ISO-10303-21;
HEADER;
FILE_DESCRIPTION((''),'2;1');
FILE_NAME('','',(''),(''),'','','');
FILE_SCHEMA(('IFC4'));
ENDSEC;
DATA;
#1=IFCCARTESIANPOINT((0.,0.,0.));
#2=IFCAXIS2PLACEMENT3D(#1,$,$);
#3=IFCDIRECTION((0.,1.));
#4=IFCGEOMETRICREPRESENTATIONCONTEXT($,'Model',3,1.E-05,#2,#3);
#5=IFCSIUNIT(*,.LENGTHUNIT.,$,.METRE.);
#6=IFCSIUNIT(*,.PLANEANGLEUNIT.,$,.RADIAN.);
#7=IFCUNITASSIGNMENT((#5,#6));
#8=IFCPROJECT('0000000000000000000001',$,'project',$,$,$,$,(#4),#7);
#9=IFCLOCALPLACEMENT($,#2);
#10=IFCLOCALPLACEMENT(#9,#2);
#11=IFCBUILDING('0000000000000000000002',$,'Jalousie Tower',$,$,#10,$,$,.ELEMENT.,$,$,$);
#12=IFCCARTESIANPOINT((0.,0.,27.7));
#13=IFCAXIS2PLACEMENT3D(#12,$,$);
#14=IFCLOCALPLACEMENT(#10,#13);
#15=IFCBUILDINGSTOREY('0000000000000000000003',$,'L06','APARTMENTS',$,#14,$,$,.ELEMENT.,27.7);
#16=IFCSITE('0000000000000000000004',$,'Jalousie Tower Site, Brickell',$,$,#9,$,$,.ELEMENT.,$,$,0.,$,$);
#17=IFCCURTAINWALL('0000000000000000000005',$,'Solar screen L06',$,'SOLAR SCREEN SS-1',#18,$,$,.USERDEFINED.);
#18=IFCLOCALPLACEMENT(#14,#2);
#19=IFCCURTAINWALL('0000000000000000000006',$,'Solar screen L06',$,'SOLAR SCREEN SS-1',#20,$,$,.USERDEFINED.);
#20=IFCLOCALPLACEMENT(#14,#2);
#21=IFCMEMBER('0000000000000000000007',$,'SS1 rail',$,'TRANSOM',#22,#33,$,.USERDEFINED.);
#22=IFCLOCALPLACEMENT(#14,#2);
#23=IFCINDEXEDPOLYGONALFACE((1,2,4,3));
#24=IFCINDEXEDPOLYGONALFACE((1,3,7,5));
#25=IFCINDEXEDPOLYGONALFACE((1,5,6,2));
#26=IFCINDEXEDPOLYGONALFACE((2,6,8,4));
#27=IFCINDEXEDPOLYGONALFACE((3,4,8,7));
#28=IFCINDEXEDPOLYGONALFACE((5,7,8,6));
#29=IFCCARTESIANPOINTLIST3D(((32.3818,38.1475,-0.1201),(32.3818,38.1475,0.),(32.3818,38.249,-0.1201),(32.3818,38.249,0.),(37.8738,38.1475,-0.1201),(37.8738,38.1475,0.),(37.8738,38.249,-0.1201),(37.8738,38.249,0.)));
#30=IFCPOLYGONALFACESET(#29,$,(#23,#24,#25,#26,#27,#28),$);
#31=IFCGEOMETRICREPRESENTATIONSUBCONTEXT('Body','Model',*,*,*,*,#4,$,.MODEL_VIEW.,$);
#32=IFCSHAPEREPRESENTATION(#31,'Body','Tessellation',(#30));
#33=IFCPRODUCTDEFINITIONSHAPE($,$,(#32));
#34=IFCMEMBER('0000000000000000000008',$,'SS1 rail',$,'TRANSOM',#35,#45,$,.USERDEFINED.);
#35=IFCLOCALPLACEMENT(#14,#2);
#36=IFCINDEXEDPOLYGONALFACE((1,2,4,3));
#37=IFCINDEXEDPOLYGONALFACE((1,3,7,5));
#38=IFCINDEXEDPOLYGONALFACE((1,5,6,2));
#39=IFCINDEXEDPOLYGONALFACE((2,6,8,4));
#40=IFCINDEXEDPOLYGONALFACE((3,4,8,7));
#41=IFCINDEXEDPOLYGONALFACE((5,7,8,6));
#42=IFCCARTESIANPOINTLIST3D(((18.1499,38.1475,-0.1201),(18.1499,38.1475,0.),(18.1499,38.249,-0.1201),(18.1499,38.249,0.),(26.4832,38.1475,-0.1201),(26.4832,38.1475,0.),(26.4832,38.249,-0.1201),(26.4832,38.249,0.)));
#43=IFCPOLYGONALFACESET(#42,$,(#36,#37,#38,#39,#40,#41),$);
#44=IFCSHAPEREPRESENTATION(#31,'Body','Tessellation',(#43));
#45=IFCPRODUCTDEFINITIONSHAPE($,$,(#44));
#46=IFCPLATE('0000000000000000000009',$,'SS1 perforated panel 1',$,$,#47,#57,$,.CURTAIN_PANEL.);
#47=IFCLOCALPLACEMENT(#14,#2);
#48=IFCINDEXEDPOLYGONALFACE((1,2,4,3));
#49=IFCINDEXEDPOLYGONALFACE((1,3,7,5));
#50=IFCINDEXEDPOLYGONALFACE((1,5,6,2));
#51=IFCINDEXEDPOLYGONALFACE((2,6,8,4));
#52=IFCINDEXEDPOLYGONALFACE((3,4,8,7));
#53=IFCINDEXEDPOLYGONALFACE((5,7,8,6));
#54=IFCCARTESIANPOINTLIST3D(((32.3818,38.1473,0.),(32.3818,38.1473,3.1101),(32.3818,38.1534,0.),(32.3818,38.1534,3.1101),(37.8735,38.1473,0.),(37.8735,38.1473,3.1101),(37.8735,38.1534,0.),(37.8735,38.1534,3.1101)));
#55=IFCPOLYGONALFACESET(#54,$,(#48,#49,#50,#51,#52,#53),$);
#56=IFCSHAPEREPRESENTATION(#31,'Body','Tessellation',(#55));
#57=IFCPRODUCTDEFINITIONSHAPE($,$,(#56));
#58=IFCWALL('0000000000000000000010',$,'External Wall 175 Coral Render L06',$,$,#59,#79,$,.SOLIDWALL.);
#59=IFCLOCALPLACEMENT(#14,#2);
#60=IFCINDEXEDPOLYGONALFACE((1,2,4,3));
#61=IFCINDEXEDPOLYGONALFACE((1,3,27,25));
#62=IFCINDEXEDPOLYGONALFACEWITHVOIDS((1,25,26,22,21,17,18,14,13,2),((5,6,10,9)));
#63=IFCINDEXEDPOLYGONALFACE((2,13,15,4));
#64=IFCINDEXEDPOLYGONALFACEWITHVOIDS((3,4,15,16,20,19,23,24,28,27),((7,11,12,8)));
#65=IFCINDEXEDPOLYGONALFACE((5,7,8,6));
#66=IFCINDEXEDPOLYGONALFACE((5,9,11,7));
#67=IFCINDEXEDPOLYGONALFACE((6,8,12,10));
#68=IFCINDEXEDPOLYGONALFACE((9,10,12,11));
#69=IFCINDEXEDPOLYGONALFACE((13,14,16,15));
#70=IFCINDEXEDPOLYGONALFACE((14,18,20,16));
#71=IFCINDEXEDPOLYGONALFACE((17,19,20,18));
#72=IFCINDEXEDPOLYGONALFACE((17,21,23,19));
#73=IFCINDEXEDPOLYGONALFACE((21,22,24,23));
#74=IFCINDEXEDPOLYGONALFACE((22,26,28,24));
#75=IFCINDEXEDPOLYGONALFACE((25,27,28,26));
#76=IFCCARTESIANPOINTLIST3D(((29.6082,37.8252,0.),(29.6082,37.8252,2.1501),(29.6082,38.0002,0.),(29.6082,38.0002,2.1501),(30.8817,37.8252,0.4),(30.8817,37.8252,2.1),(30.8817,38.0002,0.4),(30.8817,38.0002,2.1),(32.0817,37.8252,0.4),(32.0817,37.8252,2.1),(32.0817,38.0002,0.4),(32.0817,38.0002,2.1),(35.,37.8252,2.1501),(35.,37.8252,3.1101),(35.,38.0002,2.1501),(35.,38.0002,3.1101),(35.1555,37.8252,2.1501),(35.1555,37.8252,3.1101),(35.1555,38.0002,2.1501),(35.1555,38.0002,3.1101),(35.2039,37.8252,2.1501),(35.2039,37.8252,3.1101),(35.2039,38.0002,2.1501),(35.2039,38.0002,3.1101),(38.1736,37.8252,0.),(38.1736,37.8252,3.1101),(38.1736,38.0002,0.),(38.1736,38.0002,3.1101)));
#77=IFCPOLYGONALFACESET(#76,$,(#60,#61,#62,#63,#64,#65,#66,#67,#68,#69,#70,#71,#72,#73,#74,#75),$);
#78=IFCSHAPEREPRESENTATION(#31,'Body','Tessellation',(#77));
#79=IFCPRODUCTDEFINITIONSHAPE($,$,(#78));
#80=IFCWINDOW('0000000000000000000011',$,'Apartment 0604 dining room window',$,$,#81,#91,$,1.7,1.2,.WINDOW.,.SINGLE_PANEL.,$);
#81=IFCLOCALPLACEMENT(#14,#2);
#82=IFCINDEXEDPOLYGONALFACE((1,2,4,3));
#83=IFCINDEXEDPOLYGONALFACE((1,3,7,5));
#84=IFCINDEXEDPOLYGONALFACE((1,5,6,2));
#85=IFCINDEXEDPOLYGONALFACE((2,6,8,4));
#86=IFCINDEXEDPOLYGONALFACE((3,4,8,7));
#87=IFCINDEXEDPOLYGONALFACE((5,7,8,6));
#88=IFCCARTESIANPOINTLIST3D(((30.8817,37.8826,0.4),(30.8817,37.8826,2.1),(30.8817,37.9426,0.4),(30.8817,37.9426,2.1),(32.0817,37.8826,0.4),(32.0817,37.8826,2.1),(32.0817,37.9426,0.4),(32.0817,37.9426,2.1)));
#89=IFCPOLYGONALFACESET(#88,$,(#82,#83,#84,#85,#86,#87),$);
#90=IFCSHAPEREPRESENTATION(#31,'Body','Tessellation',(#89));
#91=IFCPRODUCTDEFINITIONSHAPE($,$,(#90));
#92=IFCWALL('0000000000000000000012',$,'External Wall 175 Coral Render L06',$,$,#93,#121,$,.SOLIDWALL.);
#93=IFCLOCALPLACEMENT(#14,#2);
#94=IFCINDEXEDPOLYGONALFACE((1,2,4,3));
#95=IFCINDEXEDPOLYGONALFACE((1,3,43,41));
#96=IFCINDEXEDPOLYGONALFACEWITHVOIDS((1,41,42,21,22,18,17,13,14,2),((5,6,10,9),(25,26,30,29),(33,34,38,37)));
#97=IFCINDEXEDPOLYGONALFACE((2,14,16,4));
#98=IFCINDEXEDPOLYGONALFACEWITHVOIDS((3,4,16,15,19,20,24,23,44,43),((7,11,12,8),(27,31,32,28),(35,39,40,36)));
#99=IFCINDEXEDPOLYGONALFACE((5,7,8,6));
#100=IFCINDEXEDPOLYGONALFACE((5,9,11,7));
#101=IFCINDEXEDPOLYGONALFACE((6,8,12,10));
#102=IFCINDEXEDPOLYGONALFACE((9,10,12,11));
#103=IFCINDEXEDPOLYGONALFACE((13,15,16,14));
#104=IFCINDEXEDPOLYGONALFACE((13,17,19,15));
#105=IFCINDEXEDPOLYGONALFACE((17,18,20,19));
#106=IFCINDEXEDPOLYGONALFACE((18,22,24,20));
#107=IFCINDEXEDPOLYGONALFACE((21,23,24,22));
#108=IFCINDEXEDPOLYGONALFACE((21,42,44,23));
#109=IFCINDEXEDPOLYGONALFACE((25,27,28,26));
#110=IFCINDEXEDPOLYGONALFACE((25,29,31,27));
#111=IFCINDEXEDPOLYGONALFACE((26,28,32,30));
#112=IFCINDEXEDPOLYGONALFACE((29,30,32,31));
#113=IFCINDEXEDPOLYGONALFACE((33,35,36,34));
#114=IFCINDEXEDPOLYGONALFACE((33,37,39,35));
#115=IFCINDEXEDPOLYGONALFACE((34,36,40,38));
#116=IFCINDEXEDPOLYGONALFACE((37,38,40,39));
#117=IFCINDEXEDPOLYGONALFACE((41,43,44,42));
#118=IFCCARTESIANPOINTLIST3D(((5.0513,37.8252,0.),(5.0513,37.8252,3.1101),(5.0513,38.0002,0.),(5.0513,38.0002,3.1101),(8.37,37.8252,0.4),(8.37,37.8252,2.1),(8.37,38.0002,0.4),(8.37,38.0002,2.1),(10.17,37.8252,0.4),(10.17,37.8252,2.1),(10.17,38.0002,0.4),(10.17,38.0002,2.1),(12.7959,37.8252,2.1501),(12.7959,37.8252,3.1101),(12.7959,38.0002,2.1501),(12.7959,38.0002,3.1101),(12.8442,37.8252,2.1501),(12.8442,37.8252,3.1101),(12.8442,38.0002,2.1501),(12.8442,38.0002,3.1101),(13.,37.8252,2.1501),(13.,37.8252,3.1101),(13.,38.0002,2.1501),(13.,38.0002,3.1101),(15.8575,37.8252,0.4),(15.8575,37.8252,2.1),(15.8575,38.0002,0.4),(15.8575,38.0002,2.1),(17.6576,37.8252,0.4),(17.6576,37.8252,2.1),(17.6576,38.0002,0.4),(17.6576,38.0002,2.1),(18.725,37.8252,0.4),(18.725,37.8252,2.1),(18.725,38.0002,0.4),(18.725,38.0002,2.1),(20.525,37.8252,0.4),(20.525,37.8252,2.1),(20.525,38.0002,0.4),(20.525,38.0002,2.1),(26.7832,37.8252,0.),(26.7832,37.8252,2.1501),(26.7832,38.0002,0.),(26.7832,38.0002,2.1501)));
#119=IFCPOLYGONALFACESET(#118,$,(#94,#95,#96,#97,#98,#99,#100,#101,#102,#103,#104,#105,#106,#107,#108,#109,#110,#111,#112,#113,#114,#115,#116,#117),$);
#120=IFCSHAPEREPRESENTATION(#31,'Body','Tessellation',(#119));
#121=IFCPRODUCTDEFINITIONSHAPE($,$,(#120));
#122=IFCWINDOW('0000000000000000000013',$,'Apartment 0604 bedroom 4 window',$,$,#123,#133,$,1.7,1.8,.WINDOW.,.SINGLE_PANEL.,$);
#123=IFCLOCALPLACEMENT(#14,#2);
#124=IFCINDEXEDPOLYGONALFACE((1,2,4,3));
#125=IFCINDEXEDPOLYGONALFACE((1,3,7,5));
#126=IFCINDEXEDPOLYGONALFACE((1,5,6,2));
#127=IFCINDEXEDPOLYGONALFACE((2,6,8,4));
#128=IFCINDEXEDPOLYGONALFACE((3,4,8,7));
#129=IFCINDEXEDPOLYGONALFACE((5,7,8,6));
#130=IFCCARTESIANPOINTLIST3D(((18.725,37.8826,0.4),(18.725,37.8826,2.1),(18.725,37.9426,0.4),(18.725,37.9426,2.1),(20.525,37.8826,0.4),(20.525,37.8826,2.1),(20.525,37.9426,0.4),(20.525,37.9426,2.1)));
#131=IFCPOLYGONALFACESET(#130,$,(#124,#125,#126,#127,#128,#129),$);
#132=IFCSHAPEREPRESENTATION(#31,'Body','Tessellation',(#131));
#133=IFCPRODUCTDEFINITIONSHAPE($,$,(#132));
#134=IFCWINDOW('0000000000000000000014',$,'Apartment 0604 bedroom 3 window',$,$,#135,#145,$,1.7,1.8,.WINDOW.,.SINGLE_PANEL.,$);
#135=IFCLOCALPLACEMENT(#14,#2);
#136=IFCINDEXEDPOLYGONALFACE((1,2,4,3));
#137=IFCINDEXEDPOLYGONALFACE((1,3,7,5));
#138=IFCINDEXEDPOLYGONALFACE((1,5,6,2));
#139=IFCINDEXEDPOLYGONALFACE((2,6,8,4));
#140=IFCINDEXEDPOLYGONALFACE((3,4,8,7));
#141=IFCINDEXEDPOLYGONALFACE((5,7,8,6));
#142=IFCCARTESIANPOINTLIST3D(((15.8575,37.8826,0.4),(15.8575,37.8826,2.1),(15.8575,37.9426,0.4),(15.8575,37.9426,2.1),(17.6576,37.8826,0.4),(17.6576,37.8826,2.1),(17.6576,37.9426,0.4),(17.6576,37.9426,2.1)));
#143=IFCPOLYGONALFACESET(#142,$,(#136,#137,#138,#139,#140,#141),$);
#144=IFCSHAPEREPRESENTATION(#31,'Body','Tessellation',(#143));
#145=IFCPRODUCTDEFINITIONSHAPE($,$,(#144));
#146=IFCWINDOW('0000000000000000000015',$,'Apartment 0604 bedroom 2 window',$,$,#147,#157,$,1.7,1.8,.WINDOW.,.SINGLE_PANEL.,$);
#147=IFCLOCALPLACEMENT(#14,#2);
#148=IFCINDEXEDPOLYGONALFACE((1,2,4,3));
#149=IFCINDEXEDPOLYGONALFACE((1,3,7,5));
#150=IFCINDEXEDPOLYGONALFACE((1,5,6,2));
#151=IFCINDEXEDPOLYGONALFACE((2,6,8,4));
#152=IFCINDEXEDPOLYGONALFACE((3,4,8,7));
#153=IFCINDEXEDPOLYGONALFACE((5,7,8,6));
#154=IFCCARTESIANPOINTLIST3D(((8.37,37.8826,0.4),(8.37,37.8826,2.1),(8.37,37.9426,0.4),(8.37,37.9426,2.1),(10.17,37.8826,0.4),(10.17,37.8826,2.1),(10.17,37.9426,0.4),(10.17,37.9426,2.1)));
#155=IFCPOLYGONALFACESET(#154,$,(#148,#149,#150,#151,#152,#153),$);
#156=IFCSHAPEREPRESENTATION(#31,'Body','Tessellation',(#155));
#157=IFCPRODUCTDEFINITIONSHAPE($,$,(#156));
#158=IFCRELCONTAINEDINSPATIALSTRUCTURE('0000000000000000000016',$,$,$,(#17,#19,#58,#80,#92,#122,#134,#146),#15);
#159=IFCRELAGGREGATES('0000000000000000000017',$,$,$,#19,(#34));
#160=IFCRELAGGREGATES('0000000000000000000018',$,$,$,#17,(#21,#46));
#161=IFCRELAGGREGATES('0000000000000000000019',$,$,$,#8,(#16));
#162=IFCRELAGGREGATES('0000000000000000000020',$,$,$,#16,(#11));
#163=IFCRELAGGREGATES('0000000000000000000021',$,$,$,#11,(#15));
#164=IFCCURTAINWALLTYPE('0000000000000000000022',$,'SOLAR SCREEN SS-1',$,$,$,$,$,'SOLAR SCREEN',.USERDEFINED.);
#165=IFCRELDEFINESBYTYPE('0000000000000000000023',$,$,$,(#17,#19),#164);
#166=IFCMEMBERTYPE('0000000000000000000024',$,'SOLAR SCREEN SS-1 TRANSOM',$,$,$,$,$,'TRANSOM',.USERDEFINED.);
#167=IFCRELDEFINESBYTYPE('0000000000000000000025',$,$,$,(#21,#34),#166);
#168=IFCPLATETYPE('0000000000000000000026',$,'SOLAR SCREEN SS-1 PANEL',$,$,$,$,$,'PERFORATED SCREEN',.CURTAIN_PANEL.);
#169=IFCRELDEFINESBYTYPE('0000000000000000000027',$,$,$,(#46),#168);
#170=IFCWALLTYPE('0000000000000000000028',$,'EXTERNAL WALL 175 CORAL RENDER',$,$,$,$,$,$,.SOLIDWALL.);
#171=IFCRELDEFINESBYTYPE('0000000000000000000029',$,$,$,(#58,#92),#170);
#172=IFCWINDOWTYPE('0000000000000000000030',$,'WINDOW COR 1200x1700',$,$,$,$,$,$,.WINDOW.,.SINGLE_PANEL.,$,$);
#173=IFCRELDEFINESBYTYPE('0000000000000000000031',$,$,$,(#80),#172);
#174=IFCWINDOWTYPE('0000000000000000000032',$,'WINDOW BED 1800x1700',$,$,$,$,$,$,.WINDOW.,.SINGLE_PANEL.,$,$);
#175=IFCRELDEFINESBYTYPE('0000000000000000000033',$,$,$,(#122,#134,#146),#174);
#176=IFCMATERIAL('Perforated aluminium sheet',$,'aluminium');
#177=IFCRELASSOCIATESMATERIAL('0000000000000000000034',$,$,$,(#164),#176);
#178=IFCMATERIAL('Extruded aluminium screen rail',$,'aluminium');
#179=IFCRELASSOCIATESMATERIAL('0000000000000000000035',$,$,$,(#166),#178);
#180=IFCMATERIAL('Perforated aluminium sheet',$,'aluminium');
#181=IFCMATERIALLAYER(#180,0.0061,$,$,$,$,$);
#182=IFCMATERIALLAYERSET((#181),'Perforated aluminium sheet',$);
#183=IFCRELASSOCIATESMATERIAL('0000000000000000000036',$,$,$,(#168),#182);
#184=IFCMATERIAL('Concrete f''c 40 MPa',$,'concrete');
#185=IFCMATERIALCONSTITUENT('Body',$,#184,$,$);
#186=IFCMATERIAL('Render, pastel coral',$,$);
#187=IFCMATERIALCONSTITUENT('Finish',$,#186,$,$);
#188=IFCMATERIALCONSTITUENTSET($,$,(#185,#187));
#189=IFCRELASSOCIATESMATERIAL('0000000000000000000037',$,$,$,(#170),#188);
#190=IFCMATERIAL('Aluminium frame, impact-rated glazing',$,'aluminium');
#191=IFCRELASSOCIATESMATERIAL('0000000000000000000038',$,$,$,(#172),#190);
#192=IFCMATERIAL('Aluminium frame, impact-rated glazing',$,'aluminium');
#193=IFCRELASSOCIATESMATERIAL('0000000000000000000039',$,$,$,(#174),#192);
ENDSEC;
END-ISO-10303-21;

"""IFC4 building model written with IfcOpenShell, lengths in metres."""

from ifc_helpers import new_model, si_unit, direction, frame, frame_2d, origin, origin_2d, place, context, subcontext, project, spatial, polyline, rectangle, outline, extrude, material, layer, layer_set, constituent, constituent_set, material_profile, profile_set, type_object, element, fill, aggregate, save


model = new_model("IFC4")

# Units and contexts
model_context = context("Model", 3, precision=1e-05, world=origin(), true_north=direction((0.0, 1.0)))
body_context = subcontext(model_context, "Body", "Model", "MODEL_VIEW")
ifc_project = project(units=[si_unit("LENGTHUNIT", "METRE"), si_unit("PLANEANGLEUNIT", "RADIAN")], contexts=[model_context])

# Site, building, storey
site_placement = place(None, origin())
site = spatial("IfcSite", under=ifc_project, at=site_placement, Name="Jalousie Tower Site, Brickell", CompositionType="ELEMENT", RefElevation=0.0)
building_placement = place(site_placement, origin())
building = spatial("IfcBuilding", under=site, at=building_placement, Name="Jalousie Tower", CompositionType="ELEMENT")
storey_placement = place(building_placement, frame((0.0, 0.0, 27.7)))
storey = spatial("IfcBuildingStorey", under=building, at=storey_placement, Name="L06", Description="APARTMENTS", CompositionType="ELEMENT", Elevation=27.7)

# Curtain wall
ifc_material_1 = material(Name="Perforated aluminium sheet", Category="aluminium")
curtain_wall_type = type_object("IfcCurtainWallType", Name="SOLAR SCREEN SS-1", ElementType="SOLAR SCREEN", PredefinedType="USERDEFINED", material=ifc_material_1)
curtain_wall_1_placement = place(storey_placement, origin())
curtain_wall_1 = element("IfcCurtainWall", 1, at=curtain_wall_1_placement, inside=storey, type_object=curtain_wall_type, Name="Solar screen L06", ObjectType="SOLAR SCREEN SS-1", PredefinedType="USERDEFINED")

# Curtain wall
curtain_wall_2_placement = place(storey_placement, origin())
curtain_wall_2 = element("IfcCurtainWall", 2, at=curtain_wall_2_placement, inside=storey, type_object=curtain_wall_type, Name="Solar screen L06", ObjectType="SOLAR SCREEN SS-1", PredefinedType="USERDEFINED")

# Members
ifc_material_2 = material(Name="Extruded aluminium screen rail", Category="aluminium")
ifc_material_profile_1 = material_profile(ifc_material_2, rectangle(XDim=0.1016, YDim=0.1201, at=origin_2d()), Name="RAIL 102x120")
ifc_profile_set_1 = profile_set([ifc_material_profile_1], Name="Extruded aluminium screen rail")
member_type_1 = type_object("IfcMemberType", Name="SOLAR SCREEN SS-1 TRANSOM", ElementType="TRANSOM", PredefinedType="USERDEFINED", material=ifc_profile_set_1)
member_1_placement = place(storey_placement, frame((37.8738, 38.1982, -0.0601), z_axis=(-1.0, 0.0, 0.0), x_axis=(0.0, -1.0, 0.0)))
member_1 = element("IfcMember", 3, at=member_1_placement, type_object=member_type_1, Name="SS1 rail", ObjectType="TRANSOM", PredefinedType="USERDEFINED", context=body_context, shape_type="SweptSolid", body=[
    extrude(rectangle(XDim=0.1016, YDim=0.1201, at=origin_2d()), origin(), (0.0, 0.0, 1.0), 5.4919),
])
member_2_placement = place(storey_placement, frame((26.4832, 38.1982, -0.0601), z_axis=(-1.0, 0.0, 0.0), x_axis=(0.0, -1.0, 0.0)))
member_2 = element("IfcMember", 4, at=member_2_placement, type_object=member_type_1, Name="SS1 rail", ObjectType="TRANSOM", PredefinedType="USERDEFINED", context=body_context, shape_type="SweptSolid", body=[
    extrude(rectangle(XDim=0.1016, YDim=0.1201, at=origin_2d()), origin(), (0.0, 0.0, 1.0), 8.3333),
])
aggregate(curtain_wall_2, [member_2])

# Plate
ifc_material_3 = material(Name="Perforated aluminium sheet", Category="aluminium")
ifc_layer_1 = layer(ifc_material_3, 0.0061)
ifc_layer_set_1 = layer_set([ifc_layer_1], Name="Perforated aluminium sheet")
plate_type = type_object("IfcPlateType", Name="SOLAR SCREEN SS-1 PANEL", ElementType="PERFORATED SCREEN", PredefinedType="CURTAIN_PANEL", material=ifc_layer_set_1)
plate_placement = place(storey_placement, frame((35.1277, 38.1504, 0.0), z_axis=(0.0, 0.0, 1.0), x_axis=(-1.0, 0.0, 0.0)))
plate = element("IfcPlate", 5, at=plate_placement, type_object=plate_type, Name="SS1 perforated panel 1", PredefinedType="CURTAIN_PANEL", context=body_context, shape_type="SweptSolid", body=[
    extrude(rectangle(XDim=5.4917, YDim=0.0061, at=origin_2d()), origin(), (0.0, 0.0, 1.0), 3.1101),
])
aggregate(curtain_wall_1, [member_1, plate])

# Wall, opening, window
ifc_material_4 = material(Name="Concrete f'c 40 MPa", Category="concrete")
ifc_constituent_1 = constituent(ifc_material_4, Name="Body")
ifc_material_5 = material(Name="Render, pastel coral")
ifc_constituent_2 = constituent(ifc_material_5, Name="Finish")
ifc_constituent_set_1 = constituent_set(constituents=[ifc_constituent_1, ifc_constituent_2])
wall_type_1 = type_object("IfcWallType", Name="EXTERNAL WALL 175 CORAL RENDER", PredefinedType="SOLIDWALL", material=ifc_constituent_set_1)
wall_1_placement = place(storey_placement, frame((38.1736, 37.9126, 0.0), z_axis=(0.0, 0.0, 1.0), x_axis=(-1.0, 0.0, 0.0)))
wall_1 = element("IfcWall", 6, at=wall_1_placement, inside=storey, type_object=wall_type_1, Name="External Wall 175 Coral Render L06", PredefinedType="SOLIDWALL", context=body_context, shape_type="SweptSolid", body=[
    extrude(outline(polyline([(0.0, 0.0), (8.5654, 0.0), (8.5654, 2.1501), (3.1736, 2.1501), (3.1736, 3.1101), (3.0181, 3.1101), (3.0181, 2.1501), (2.9697, 2.1501), (2.9697, 3.1101), (0.0, 3.1101), (0.0, 0.0)])), frame((0.0, 0.0874, 0.0), z_axis=(0.0, -1.0, 0.0), x_axis=(1.0, 0.0, 0.0)), (0.0, 0.0, 1.0), 0.175),
])
opening_1_placement = place(wall_1_placement, frame((6.0918, 0.0, 0.3999)))
opening_1 = element("IfcOpeningElement", 7, at=opening_1_placement, cuts=wall_1, PredefinedType="OPENING", context=body_context, shape_type="SweptSolid", body=[
    extrude(rectangle(XDim=1.2, YDim=1.7, at=frame_2d((0.6001, 0.8501))), frame((0.0, 0.0974, 0.0), z_axis=(0.0, -1.0, 0.0), x_axis=(1.0, 0.0, 0.0)), (0.0, 0.0, 1.0), 0.1951),
])
ifc_material_6 = material(Name="Aluminium frame, impact-rated glazing", Category="aluminium")
window_type_1 = type_object("IfcWindowType", Name="WINDOW COR 1200x1700", PartitioningType="SINGLE_PANEL", PredefinedType="WINDOW", material=ifc_material_6)
window_1_placement = place(opening_1_placement, origin())
window_1 = element("IfcWindow", 8, at=window_1_placement, inside=storey, type_object=window_type_1, Name="Apartment 0604 dining room window", OverallHeight=1.7, OverallWidth=1.2, PartitioningType="SINGLE_PANEL", PredefinedType="WINDOW", context=body_context, shape_type="SweptSolid", body=[
    extrude(rectangle(XDim=1.2, YDim=1.7, at=frame_2d((0.6001, 0.8501))), frame((0.0, 0.03, 0.0), z_axis=(0.0, -1.0, 0.0), x_axis=(1.0, 0.0, 0.0)), (0.0, 0.0, 1.0), 0.0601),
])
fill(opening_1, window_1)

# Wall, openings, windows
wall_2_placement = place(storey_placement, frame((26.7832, 37.9126, 0.0), z_axis=(0.0, 0.0, 1.0), x_axis=(-1.0, 0.0, 0.0)))
wall_2 = element("IfcWall", 9, at=wall_2_placement, inside=storey, type_object=wall_type_1, Name="External Wall 175 Coral Render L06", PredefinedType="SOLIDWALL", context=body_context, shape_type="SweptSolid", body=[
    extrude(outline(polyline([(0.0, 0.0), (21.7319, 0.0), (21.7319, 3.1101), (13.9873, 3.1101), (13.9873, 2.1501), (13.939, 2.1501), (13.939, 3.1101), (13.7832, 3.1101), (13.7832, 2.1501), (0.0, 2.1501), (0.0, 0.0)])), frame((0.0, 0.0874, 0.0), z_axis=(0.0, -1.0, 0.0), x_axis=(1.0, 0.0, 0.0)), (0.0, 0.0, 1.0), 0.175),
])
opening_2_placement = place(wall_2_placement, frame((6.2583, 0.0, 0.3999)))
opening_2 = element("IfcOpeningElement", 10, at=opening_2_placement, cuts=wall_2, PredefinedType="OPENING", context=body_context, shape_type="SweptSolid", body=[
    extrude(rectangle(XDim=1.8, YDim=1.7, at=frame_2d((0.8999, 0.8501))), frame((0.0, 0.0974, 0.0), z_axis=(0.0, -1.0, 0.0), x_axis=(1.0, 0.0, 0.0)), (0.0, 0.0, 1.0), 0.1951),
])
opening_3_placement = place(wall_2_placement, frame((9.1257, 0.0, 0.3999)))
opening_3 = element("IfcOpeningElement", 11, at=opening_3_placement, cuts=wall_2, PredefinedType="OPENING", context=body_context, shape_type="SweptSolid", body=[
    extrude(rectangle(XDim=1.8, YDim=1.7, at=frame_2d((0.8999, 0.8501))), frame((0.0, 0.0974, 0.0), z_axis=(0.0, -1.0, 0.0), x_axis=(1.0, 0.0, 0.0)), (0.0, 0.0, 1.0), 0.1951),
])
opening_4_placement = place(wall_2_placement, frame((16.6133, 0.0, 0.3999)))
opening_4 = element("IfcOpeningElement", 12, at=opening_4_placement, cuts=wall_2, PredefinedType="OPENING", context=body_context, shape_type="SweptSolid", body=[
    extrude(rectangle(XDim=1.8, YDim=1.7, at=frame_2d((0.8999, 0.8501))), frame((0.0, 0.0974, 0.0), z_axis=(0.0, -1.0, 0.0), x_axis=(1.0, 0.0, 0.0)), (0.0, 0.0, 1.0), 0.1951),
])
ifc_material_7 = material(Name="Aluminium frame, impact-rated glazing", Category="aluminium")
window_type_2 = type_object("IfcWindowType", Name="WINDOW BED 1800x1700", PartitioningType="SINGLE_PANEL", PredefinedType="WINDOW", material=ifc_material_7)
window_2_placement = place(opening_2_placement, origin())
window_2 = element("IfcWindow", 13, at=window_2_placement, inside=storey, type_object=window_type_2, Name="Apartment 0604 bedroom 4 window", OverallHeight=1.7, OverallWidth=1.8, PartitioningType="SINGLE_PANEL", PredefinedType="WINDOW", context=body_context, shape_type="SweptSolid", body=[
    extrude(rectangle(XDim=1.8, YDim=1.7, at=frame_2d((0.8999, 0.8501))), frame((0.0, 0.03, 0.0), z_axis=(0.0, -1.0, 0.0), x_axis=(1.0, 0.0, 0.0)), (0.0, 0.0, 1.0), 0.0601),
])
fill(opening_2, window_2)
window_3_placement = place(opening_3_placement, origin())
window_3 = element("IfcWindow", 14, at=window_3_placement, inside=storey, type_object=window_type_2, Name="Apartment 0604 bedroom 3 window", OverallHeight=1.7, OverallWidth=1.8, PartitioningType="SINGLE_PANEL", PredefinedType="WINDOW", context=body_context, shape_type="SweptSolid", body=[
    extrude(rectangle(XDim=1.8, YDim=1.7, at=frame_2d((0.8999, 0.8501))), frame((0.0, 0.03, 0.0), z_axis=(0.0, -1.0, 0.0), x_axis=(1.0, 0.0, 0.0)), (0.0, 0.0, 1.0), 0.0601),
])
fill(opening_3, window_3)
window_4_placement = place(opening_4_placement, origin())
window_4 = element("IfcWindow", 15, at=window_4_placement, inside=storey, type_object=window_type_2, Name="Apartment 0604 bedroom 2 window", OverallHeight=1.7, OverallWidth=1.8, PartitioningType="SINGLE_PANEL", PredefinedType="WINDOW", context=body_context, shape_type="SweptSolid", body=[
    extrude(rectangle(XDim=1.8, YDim=1.7, at=frame_2d((0.8999, 0.8501))), frame((0.0, 0.03, 0.0), z_axis=(0.0, -1.0, 0.0), x_axis=(1.0, 0.0, 0.0)), (0.0, 0.0, 1.0), 0.0601),
])
fill(opening_4, window_4)

save(model, "model.ifc")
